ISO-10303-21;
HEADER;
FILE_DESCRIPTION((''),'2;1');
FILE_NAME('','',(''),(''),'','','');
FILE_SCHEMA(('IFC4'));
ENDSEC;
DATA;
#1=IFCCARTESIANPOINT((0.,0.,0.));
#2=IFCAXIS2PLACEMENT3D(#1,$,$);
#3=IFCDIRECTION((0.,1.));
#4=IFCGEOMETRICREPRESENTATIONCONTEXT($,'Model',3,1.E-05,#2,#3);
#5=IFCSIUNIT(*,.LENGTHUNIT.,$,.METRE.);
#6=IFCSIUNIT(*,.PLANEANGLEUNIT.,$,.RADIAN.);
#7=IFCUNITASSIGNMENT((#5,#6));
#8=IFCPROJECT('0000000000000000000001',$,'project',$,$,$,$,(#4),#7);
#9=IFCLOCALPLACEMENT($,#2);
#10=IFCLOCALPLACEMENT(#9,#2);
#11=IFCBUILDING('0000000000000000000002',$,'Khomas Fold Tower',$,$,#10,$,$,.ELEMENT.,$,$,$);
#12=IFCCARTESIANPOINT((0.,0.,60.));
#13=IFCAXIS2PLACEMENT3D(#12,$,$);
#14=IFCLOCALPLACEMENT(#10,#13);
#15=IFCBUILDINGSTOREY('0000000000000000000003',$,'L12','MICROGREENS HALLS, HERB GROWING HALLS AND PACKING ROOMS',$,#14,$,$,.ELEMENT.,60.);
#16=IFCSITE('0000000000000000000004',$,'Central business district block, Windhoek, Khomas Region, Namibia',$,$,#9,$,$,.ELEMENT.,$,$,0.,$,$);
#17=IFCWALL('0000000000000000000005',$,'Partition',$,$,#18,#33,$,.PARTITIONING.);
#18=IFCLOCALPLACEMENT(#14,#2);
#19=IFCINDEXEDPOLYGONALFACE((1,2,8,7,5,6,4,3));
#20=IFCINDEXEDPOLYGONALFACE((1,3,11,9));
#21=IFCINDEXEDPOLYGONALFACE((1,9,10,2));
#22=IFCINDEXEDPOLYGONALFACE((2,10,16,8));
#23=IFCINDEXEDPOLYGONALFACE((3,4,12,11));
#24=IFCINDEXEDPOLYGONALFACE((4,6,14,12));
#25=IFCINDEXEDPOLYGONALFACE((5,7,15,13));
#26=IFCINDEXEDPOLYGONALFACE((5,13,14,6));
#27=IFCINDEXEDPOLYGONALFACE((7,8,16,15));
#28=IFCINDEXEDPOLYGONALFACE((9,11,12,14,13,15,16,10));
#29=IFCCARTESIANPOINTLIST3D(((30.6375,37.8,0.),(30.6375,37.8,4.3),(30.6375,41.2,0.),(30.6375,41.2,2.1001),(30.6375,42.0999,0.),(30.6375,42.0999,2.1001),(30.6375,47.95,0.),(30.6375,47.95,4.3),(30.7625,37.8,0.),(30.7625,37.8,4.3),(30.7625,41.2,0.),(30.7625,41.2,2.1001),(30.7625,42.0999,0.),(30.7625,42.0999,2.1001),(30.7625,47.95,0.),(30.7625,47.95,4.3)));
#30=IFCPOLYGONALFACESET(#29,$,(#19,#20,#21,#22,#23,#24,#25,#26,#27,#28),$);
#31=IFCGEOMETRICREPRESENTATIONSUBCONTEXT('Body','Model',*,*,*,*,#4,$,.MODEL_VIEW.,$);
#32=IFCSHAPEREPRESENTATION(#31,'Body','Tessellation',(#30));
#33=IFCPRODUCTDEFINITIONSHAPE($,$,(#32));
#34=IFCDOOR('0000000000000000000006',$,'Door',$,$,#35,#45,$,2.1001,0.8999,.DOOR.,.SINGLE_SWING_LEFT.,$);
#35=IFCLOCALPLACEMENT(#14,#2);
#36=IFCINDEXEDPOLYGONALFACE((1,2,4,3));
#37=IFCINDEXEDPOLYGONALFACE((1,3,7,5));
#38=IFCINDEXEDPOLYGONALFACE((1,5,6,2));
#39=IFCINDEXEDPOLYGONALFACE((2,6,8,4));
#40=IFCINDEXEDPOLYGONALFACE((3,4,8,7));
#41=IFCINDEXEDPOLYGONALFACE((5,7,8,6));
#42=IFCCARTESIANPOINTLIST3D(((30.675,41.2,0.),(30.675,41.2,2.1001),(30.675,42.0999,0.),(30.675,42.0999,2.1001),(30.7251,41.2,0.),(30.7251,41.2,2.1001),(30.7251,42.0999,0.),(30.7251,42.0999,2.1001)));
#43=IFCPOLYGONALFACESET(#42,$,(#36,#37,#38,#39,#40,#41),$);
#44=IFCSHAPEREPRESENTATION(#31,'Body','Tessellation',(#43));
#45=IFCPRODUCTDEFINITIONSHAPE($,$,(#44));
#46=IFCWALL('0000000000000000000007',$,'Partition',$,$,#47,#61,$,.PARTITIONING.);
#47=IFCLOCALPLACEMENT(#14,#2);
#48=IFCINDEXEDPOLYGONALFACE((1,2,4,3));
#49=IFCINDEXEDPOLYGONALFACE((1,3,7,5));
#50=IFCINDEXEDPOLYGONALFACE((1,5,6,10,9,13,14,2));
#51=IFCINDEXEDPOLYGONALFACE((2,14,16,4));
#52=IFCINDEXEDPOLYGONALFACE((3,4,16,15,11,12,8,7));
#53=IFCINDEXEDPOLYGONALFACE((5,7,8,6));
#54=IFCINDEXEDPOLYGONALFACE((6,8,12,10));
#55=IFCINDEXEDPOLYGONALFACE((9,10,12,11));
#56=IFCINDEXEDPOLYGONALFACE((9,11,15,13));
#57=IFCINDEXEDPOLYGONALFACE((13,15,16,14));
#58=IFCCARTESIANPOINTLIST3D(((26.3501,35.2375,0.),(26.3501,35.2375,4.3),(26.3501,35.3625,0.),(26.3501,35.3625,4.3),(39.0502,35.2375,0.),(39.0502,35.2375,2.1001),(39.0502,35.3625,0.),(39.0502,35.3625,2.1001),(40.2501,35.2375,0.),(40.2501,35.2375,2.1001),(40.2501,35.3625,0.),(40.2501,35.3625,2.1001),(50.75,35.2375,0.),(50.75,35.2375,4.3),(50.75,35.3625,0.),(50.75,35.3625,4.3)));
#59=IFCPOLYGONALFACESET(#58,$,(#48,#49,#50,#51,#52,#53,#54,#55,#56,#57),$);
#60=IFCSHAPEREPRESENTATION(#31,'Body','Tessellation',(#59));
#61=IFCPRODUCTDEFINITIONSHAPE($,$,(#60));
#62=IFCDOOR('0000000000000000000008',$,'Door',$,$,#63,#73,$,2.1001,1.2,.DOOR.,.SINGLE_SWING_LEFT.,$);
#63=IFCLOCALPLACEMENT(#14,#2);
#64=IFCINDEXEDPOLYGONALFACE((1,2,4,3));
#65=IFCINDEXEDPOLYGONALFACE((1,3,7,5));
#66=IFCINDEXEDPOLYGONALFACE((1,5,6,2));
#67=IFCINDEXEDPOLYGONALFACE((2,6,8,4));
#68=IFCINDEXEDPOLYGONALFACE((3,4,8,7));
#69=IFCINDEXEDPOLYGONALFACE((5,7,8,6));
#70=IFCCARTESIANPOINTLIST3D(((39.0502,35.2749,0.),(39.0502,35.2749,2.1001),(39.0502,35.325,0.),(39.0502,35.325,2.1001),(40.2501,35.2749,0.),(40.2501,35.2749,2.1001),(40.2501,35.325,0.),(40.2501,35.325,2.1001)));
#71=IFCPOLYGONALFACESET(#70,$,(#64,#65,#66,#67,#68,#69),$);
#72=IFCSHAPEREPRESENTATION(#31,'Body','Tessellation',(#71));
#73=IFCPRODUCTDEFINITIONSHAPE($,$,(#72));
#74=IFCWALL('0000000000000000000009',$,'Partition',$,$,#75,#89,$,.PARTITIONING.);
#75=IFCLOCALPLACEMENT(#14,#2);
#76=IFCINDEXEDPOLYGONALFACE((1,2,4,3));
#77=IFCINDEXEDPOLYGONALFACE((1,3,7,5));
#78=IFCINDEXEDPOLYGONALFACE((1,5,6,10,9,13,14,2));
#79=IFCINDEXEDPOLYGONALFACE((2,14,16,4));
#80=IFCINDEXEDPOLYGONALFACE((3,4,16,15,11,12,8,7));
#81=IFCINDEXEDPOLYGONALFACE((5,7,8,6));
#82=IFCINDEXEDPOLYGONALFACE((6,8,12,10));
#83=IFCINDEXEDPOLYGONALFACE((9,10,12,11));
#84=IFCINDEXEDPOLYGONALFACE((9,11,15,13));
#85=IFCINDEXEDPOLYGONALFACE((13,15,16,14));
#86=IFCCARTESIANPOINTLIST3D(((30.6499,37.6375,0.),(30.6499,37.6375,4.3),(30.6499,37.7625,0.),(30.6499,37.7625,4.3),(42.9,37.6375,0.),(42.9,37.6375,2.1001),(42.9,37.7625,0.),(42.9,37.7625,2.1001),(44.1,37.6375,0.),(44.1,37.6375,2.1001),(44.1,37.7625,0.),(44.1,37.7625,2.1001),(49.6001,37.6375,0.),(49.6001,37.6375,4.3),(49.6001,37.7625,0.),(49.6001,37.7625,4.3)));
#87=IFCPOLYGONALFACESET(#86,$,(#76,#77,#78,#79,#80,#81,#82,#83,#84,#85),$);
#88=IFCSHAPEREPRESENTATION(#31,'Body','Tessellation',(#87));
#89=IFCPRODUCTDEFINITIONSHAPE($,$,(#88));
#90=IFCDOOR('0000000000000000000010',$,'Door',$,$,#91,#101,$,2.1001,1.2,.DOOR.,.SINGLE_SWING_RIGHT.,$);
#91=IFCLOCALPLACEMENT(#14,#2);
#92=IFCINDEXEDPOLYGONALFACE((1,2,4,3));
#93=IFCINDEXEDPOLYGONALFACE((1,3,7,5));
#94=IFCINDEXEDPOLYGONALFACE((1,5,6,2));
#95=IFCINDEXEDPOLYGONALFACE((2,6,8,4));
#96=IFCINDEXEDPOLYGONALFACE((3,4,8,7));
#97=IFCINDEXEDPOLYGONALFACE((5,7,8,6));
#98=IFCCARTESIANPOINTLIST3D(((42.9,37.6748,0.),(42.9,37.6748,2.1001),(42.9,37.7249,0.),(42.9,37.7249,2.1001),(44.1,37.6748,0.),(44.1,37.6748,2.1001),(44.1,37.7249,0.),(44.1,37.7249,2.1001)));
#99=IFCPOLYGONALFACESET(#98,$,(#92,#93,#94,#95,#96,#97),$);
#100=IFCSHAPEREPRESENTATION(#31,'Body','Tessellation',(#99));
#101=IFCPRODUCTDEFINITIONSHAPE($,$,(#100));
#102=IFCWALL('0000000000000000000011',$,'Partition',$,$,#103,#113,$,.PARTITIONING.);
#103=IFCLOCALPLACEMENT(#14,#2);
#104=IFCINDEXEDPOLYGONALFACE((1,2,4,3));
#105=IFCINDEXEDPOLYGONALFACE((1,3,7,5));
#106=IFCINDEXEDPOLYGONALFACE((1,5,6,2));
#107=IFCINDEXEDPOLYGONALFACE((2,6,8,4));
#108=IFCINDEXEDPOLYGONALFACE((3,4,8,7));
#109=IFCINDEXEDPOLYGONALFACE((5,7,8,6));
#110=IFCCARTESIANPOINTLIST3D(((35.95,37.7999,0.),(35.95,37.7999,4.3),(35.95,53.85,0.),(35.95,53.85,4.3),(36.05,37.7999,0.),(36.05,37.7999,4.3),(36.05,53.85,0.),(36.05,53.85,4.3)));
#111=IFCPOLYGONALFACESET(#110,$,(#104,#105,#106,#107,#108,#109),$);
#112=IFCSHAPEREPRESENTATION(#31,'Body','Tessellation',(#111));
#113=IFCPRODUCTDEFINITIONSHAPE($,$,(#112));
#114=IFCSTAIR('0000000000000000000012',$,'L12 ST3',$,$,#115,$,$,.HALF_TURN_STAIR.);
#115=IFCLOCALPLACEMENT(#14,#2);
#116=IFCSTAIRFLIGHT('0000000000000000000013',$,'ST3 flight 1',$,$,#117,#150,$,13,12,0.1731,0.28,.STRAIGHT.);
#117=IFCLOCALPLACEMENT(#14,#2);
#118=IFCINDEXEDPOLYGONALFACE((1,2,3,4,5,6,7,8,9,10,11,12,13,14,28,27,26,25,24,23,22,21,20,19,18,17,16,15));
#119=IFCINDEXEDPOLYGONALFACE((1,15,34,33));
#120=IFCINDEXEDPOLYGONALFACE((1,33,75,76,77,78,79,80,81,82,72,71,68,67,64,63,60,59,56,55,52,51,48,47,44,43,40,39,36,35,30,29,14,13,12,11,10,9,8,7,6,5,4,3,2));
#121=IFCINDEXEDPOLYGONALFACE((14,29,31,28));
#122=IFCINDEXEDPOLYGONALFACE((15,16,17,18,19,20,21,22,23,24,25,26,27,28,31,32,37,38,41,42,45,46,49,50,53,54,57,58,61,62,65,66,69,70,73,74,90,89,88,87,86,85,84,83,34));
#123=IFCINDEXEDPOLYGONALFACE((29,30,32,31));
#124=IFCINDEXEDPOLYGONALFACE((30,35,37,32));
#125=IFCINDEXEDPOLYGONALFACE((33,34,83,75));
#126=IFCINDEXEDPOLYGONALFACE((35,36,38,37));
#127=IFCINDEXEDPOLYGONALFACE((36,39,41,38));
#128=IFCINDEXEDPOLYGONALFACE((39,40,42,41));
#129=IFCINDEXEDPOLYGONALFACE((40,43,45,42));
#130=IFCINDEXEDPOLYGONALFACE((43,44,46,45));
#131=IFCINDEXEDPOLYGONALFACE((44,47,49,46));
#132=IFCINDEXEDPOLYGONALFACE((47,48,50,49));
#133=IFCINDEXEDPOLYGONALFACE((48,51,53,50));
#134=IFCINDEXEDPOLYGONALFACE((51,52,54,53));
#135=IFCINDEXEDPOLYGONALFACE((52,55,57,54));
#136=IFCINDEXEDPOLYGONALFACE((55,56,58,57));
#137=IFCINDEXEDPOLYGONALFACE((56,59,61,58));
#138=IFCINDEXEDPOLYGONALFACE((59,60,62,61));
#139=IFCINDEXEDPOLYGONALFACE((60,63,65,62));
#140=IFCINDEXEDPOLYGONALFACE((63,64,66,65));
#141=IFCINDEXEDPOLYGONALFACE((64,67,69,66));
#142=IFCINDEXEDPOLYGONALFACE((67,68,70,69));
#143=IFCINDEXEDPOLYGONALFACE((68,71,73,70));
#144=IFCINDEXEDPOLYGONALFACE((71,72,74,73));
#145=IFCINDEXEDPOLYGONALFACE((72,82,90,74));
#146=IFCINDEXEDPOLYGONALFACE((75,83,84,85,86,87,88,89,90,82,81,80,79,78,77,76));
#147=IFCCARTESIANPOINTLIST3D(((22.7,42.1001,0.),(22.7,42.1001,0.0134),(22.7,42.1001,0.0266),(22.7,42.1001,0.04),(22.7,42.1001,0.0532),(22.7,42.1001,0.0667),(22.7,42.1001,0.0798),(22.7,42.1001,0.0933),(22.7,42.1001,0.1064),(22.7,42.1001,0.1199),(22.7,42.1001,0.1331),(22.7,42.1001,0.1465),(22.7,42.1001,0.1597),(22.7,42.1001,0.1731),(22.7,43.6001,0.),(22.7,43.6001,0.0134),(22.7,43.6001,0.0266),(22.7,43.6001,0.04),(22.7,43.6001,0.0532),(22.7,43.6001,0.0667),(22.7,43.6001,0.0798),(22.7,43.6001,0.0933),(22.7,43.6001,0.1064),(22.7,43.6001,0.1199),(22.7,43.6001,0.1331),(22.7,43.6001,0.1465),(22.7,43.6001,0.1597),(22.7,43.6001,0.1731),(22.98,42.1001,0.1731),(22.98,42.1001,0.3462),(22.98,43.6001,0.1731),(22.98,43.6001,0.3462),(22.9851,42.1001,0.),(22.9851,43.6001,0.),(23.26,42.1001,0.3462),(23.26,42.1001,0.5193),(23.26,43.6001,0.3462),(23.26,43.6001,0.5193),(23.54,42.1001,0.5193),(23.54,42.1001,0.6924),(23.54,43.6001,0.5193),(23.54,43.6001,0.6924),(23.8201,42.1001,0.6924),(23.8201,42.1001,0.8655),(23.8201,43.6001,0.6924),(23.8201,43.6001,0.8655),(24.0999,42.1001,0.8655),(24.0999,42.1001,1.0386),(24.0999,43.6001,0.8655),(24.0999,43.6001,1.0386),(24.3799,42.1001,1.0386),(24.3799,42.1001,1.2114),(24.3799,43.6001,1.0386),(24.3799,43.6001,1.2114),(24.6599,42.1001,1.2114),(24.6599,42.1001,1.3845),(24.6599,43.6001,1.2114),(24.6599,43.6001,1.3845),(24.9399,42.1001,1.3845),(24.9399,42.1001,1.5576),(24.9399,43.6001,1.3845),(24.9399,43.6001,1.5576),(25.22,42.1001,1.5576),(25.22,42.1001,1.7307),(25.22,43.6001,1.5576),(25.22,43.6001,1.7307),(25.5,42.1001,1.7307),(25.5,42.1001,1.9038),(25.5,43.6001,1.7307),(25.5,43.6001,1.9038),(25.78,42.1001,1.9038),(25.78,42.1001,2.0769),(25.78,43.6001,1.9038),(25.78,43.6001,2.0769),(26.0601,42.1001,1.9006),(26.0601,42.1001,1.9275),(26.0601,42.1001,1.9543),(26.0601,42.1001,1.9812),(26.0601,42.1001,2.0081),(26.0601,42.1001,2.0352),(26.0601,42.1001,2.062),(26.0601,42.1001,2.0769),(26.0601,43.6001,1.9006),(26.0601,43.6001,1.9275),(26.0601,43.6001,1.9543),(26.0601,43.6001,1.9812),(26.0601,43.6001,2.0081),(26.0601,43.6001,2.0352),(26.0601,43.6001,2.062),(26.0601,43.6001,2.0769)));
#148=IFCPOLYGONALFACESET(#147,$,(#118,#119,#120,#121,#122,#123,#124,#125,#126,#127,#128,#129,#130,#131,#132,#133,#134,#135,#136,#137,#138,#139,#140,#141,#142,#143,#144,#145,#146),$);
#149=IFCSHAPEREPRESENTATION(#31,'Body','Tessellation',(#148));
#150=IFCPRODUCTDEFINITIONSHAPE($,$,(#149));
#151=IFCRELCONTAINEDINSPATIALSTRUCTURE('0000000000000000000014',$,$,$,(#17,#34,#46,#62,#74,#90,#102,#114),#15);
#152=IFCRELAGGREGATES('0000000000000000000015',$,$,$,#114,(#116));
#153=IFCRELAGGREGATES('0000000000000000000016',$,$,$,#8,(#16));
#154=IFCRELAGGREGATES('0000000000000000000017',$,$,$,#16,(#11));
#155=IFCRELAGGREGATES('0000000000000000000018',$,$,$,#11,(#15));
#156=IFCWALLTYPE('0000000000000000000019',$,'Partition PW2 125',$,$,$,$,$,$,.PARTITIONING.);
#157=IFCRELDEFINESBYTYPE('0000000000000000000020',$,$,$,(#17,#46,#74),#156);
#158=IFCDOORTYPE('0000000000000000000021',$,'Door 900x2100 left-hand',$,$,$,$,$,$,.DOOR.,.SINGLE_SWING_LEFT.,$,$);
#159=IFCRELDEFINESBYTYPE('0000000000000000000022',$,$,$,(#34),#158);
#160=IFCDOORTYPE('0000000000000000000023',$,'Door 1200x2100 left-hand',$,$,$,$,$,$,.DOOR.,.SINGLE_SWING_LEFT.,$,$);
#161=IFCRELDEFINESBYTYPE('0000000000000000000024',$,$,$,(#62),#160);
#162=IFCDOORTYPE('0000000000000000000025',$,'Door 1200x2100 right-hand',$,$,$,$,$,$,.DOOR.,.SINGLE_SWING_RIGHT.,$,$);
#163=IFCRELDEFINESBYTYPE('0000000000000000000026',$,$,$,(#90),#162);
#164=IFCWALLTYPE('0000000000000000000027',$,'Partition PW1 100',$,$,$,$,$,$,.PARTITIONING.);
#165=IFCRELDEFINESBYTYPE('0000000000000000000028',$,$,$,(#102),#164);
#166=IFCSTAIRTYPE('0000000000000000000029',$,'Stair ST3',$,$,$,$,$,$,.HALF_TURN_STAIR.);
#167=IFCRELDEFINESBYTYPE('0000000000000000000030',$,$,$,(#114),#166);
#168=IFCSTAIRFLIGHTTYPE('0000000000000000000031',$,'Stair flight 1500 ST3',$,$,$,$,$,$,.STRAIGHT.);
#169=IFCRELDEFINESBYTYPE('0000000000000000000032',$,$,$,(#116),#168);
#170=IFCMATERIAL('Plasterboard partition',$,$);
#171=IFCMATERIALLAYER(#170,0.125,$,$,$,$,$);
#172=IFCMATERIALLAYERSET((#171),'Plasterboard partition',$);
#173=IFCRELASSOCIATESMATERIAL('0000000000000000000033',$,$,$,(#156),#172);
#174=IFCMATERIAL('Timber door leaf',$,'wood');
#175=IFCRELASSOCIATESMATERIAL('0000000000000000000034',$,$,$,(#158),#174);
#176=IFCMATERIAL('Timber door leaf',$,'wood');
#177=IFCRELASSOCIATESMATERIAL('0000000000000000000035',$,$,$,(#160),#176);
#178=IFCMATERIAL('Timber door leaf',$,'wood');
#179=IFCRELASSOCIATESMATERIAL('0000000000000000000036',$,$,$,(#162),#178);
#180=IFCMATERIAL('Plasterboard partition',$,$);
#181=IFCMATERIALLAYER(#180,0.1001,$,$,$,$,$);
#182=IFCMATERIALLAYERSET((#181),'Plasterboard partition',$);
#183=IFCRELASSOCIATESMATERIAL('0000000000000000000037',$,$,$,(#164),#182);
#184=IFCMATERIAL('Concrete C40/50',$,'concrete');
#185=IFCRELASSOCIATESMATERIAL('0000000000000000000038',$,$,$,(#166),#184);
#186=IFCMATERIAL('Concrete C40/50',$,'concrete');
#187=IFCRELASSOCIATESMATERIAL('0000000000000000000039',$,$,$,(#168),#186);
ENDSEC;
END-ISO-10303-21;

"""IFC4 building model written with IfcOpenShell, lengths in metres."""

from ifc_helpers import new_model, si_unit, direction, frame, frame_2d, origin, place, context, subcontext, project, spatial, polyline, rectangle, outline, extrude, source, transform, mapped, material, layer, layer_set, type_object, element, fill, aggregate, save


model = new_model("IFC4")

# Units and contexts
model_context = context("Model", 3, precision=1e-05, world=origin(), true_north=direction((0.0, 1.0)))
body_context = subcontext(model_context, "Body", "Model", "MODEL_VIEW")
ifc_project = project(units=[si_unit("LENGTHUNIT", "METRE"), si_unit("PLANEANGLEUNIT", "RADIAN")], contexts=[model_context])

# Site, building, storey
site_placement = place(None, origin())
site = spatial("IfcSite", under=ifc_project, at=site_placement, Name="Central business district block, Windhoek, Khomas Region, Namibia", CompositionType="ELEMENT", RefElevation=0.0)
building_placement = place(site_placement, origin())
building = spatial("IfcBuilding", under=site, at=building_placement, Name="Khomas Fold Tower", CompositionType="ELEMENT")
storey_placement = place(building_placement, frame((0.0, 0.0, 60.0)))
storey = spatial("IfcBuildingStorey", under=building, at=storey_placement, Name="L12", Description="MICROGREENS HALLS, HERB GROWING HALLS AND PACKING ROOMS", CompositionType="ELEMENT", Elevation=60.0)

# Walls, openings, doors
ifc_material_1 = material(Name="Plasterboard partition")
ifc_layer_1 = layer(ifc_material_1, 0.125)
ifc_layer_set_1 = layer_set([ifc_layer_1], Name="Plasterboard partition")
wall_type_1 = type_object("IfcWallType", Name="Partition PW2 125", PredefinedType="PARTITIONING", material=ifc_layer_set_1)
shared_shape_1 = source(origin(), body_context, "Body", "SweptSolid", [
    extrude(rectangle(XDim=10.1499, YDim=0.125, at=frame_2d((5.075, 0.0))), origin(), (0.0, 0.0, 1.0), 4.3),
])
wall_1_placement = place(storey_placement, frame((30.7, 37.8, 0.0), z_axis=(0.0, 0.0, 1.0), x_axis=(0.0, 1.0, 0.0)))
wall_1 = element("IfcWall", 1, at=wall_1_placement, inside=storey, type_object=wall_type_1, Name="Partition", PredefinedType="PARTITIONING", context=body_context, shape_type="MappedRepresentation", body=[
    mapped(shared_shape_1, transform((0.0, 0.0, 0.0))),
])
shared_shape_2 = source(origin(), body_context, "Body", "SweptSolid", [
    extrude(rectangle(XDim=0.8999, YDim=2.1001, at=frame_2d((0.45, 1.05))), frame((0.0, 0.0725, 0.0), z_axis=(0.0, -1.0, 0.0), x_axis=(1.0, 0.0, 0.0)), (0.0, 0.0, 1.0), 0.145),
])
opening_1_placement = place(wall_1_placement, frame((3.3999, 0.0, 0.0)))
opening_1 = element("IfcOpeningElement", 2, at=opening_1_placement, cuts=wall_1, PredefinedType="OPENING", context=body_context, shape_type="MappedRepresentation", body=[
    mapped(shared_shape_2, transform((0.0, 0.0, 0.0))),
])
ifc_material_2 = material(Name="Timber door leaf", Category="wood")
door_type_1 = type_object("IfcDoorType", Name="Door 900x2100 left-hand", OperationType="SINGLE_SWING_LEFT", PredefinedType="DOOR", material=ifc_material_2)
shared_shape_3 = source(origin(), body_context, "Body", "SweptSolid", [
    extrude(rectangle(XDim=0.8999, YDim=2.1001, at=frame_2d((0.45, 1.05))), frame((0.0, 0.0249, 0.0), z_axis=(0.0, -1.0, 0.0), x_axis=(1.0, 0.0, 0.0)), (0.0, 0.0, 1.0), 0.05),
])
door_1_placement = place(opening_1_placement, origin())
door_1 = element("IfcDoor", 3, at=door_1_placement, inside=storey, type_object=door_type_1, Name="Door", OperationType="SINGLE_SWING_LEFT", OverallHeight=2.1001, OverallWidth=0.8999, PredefinedType="DOOR", context=body_context, shape_type="MappedRepresentation", body=[
    mapped(shared_shape_3, transform((0.0, 0.0, 0.0))),
])
fill(opening_1, door_1)
shared_shape_4 = source(origin(), body_context, "Body", "SweptSolid", [
    extrude(rectangle(XDim=24.3999, YDim=0.125, at=frame_2d((12.2, 0.0))), origin(), (0.0, 0.0, 1.0), 4.3),
])
wall_2_placement = place(storey_placement, frame((26.3501, 35.3, 0.0), z_axis=(0.0, 0.0, 1.0), x_axis=(1.0, 0.0, 0.0)))
wall_2 = element("IfcWall", 4, at=wall_2_placement, inside=storey, type_object=wall_type_1, Name="Partition", PredefinedType="PARTITIONING", context=body_context, shape_type="MappedRepresentation", body=[
    mapped(shared_shape_4, transform((0.0, 0.0, 0.0))),
])
shared_shape_5 = source(origin(), body_context, "Body", "SweptSolid", [
    extrude(rectangle(XDim=1.2, YDim=2.1001, at=frame_2d((0.6001, 1.05))), frame((0.0, 0.0725, 0.0), z_axis=(0.0, -1.0, 0.0), x_axis=(1.0, 0.0, 0.0)), (0.0, 0.0, 1.0), 0.145),
])
opening_2_placement = place(wall_2_placement, frame((12.7, 0.0, 0.0)))
opening_2 = element("IfcOpeningElement", 5, at=opening_2_placement, cuts=wall_2, PredefinedType="OPENING", context=body_context, shape_type="MappedRepresentation", body=[
    mapped(shared_shape_5, transform((0.0, 0.0, 0.0))),
])
ifc_material_3 = material(Name="Timber door leaf", Category="wood")
door_type_2 = type_object("IfcDoorType", Name="Door 1200x2100 left-hand", OperationType="SINGLE_SWING_LEFT", PredefinedType="DOOR", material=ifc_material_3)
shared_shape_6 = source(origin(), body_context, "Body", "SweptSolid", [
    extrude(rectangle(XDim=1.2, YDim=2.1001, at=frame_2d((0.6001, 1.05))), frame((0.0, 0.0249, 0.0), z_axis=(0.0, -1.0, 0.0), x_axis=(1.0, 0.0, 0.0)), (0.0, 0.0, 1.0), 0.05),
])
door_2_placement = place(opening_2_placement, origin())
door_2 = element("IfcDoor", 6, at=door_2_placement, inside=storey, type_object=door_type_2, Name="Door", OperationType="SINGLE_SWING_LEFT", OverallHeight=2.1001, OverallWidth=1.2, PredefinedType="DOOR", context=body_context, shape_type="MappedRepresentation", body=[
    mapped(shared_shape_6, transform((0.0, 0.0, 0.0))),
])
fill(opening_2, door_2)
shared_shape_7 = source(origin(), body_context, "Body", "SweptSolid", [
    extrude(rectangle(XDim=18.9502, YDim=0.125, at=frame_2d((9.4751, 0.0))), origin(), (0.0, 0.0, 1.0), 4.3),
])
wall_3_placement = place(storey_placement, frame((30.6499, 37.7, 0.0), z_axis=(0.0, 0.0, 1.0), x_axis=(1.0, 0.0, 0.0)))
wall_3 = element("IfcWall", 7, at=wall_3_placement, inside=storey, type_object=wall_type_1, Name="Partition", PredefinedType="PARTITIONING", context=body_context, shape_type="MappedRepresentation", body=[
    mapped(shared_shape_7, transform((0.0, 0.0, 0.0))),
])
opening_3_placement = place(wall_3_placement, frame((12.25, 0.0, 0.0)))
opening_3 = element("IfcOpeningElement", 8, at=opening_3_placement, cuts=wall_3, PredefinedType="OPENING", context=body_context, shape_type="MappedRepresentation", body=[
    mapped(shared_shape_5, transform((0.0, 0.0, 0.0))),
])
ifc_material_4 = material(Name="Timber door leaf", Category="wood")
door_type_3 = type_object("IfcDoorType", Name="Door 1200x2100 right-hand", OperationType="SINGLE_SWING_RIGHT", PredefinedType="DOOR", material=ifc_material_4)
door_3_placement = place(opening_3_placement, origin())
door_3 = element("IfcDoor", 9, at=door_3_placement, inside=storey, type_object=door_type_3, Name="Door", OperationType="SINGLE_SWING_RIGHT", OverallHeight=2.1001, OverallWidth=1.2, PredefinedType="DOOR", context=body_context, shape_type="MappedRepresentation", body=[
    mapped(shared_shape_6, transform((0.0, 0.0, 0.0))),
])
fill(opening_3, door_3)

# Wall
ifc_material_5 = material(Name="Plasterboard partition")
ifc_layer_2 = layer(ifc_material_5, 0.1001)
ifc_layer_set_2 = layer_set([ifc_layer_2], Name="Plasterboard partition")
wall_type_2 = type_object("IfcWallType", Name="Partition PW1 100", PredefinedType="PARTITIONING", material=ifc_layer_set_2)
shared_shape_8 = source(origin(), body_context, "Body", "SweptSolid", [
    extrude(rectangle(XDim=16.05, YDim=0.1001, at=frame_2d((8.0249, 0.0))), origin(), (0.0, 0.0, 1.0), 4.3),
])
wall_4_placement = place(storey_placement, frame((36.0, 37.8, 0.0), z_axis=(0.0, 0.0, 1.0), x_axis=(0.0, 1.0, 0.0)))
element("IfcWall", 10, at=wall_4_placement, inside=storey, type_object=wall_type_2, Name="Partition", PredefinedType="PARTITIONING", context=body_context, shape_type="MappedRepresentation", body=[
    mapped(shared_shape_8, transform((0.0, 0.0, 0.0))),
])

# Stair, stair flight
ifc_material_6 = material(Name="Concrete C40/50", Category="concrete")
stair_type = type_object("IfcStairType", Name="Stair ST3", PredefinedType="HALF_TURN_STAIR", material=ifc_material_6)
stair_placement = place(storey_placement, origin())
stair = element("IfcStair", 11, at=stair_placement, inside=storey, type_object=stair_type, Name="L12 ST3", PredefinedType="HALF_TURN_STAIR")
ifc_material_7 = material(Name="Concrete C40/50", Category="concrete")
stair_flight_type = type_object("IfcStairFlightType", Name="Stair flight 1500 ST3", PredefinedType="STRAIGHT", material=ifc_material_7)
shared_shape_9 = source(origin(), body_context, "Body", "SweptSolid", [
    extrude(outline(polyline([(0.0, 0.0), (0.0, 0.0134), (0.0, 0.0266), (0.0, 0.04), (0.0, 0.0532), (0.0, 0.0667), (0.0, 0.0798), (0.0, 0.0933), (0.0, 0.1064), (0.0, 0.1199), (0.0, 0.1331), (0.0, 0.1465), (0.0, 0.1597), (0.0, 0.1731), (0.28, 0.1731), (0.28, 0.3462), (0.5601, 0.3462), (0.5601, 0.5193), (0.8401, 0.5193), (0.8401, 0.6924), (1.1201, 0.6924), (1.1201, 0.8655), (1.3999, 0.8655), (1.3999, 1.0386), (1.6799, 1.0386), (1.6799, 1.2114), (1.96, 1.2114), (1.96, 1.3845), (2.24, 1.3845), (2.24, 1.5576), (2.52, 1.5576), (2.52, 1.7307), (2.8, 1.7307), (2.8, 1.9038), (3.0801, 1.9038), (3.0801, 2.0769), (3.3601, 2.0769), (3.3601, 2.25), (3.3601, 2.2231), (3.3601, 2.1963), (3.3601, 2.1694), (3.3601, 2.1426), (3.3601, 2.1157), (3.3601, 2.0889), (3.3601, 2.062), (3.3601, 2.0352), (3.3601, 2.0081), (3.3601, 1.9812), (3.3601, 1.9543), (3.3601, 1.9275), (3.3601, 1.9006), (0.2852, 0.0), (0.0, 0.0)])), frame((0.0, 0.75, 0.0), z_axis=(0.0, -1.0, 0.0), x_axis=(1.0, 0.0, 0.0)), (0.0, 0.0, 1.0), 1.5),
])
stair_flight_1_placement = place(storey_placement, frame((22.7, 42.8501, 0.0), z_axis=(0.0, 0.0, 1.0), x_axis=(1.0, 0.0, 0.0)))
stair_flight_1 = element("IfcStairFlight", 12, at=stair_flight_1_placement, type_object=stair_flight_type, Name="ST3 flight 1", NumberOfRisers=13, NumberOfTreads=12, PredefinedType="STRAIGHT", RiserHeight=0.1731, TreadLength=0.28, context=body_context, shape_type="MappedRepresentation", body=[
    mapped(shared_shape_9, transform((0.0, 0.0, 0.0))),
])
aggregate(stair, [stair_flight_1])

save(model, "model.ifc")
